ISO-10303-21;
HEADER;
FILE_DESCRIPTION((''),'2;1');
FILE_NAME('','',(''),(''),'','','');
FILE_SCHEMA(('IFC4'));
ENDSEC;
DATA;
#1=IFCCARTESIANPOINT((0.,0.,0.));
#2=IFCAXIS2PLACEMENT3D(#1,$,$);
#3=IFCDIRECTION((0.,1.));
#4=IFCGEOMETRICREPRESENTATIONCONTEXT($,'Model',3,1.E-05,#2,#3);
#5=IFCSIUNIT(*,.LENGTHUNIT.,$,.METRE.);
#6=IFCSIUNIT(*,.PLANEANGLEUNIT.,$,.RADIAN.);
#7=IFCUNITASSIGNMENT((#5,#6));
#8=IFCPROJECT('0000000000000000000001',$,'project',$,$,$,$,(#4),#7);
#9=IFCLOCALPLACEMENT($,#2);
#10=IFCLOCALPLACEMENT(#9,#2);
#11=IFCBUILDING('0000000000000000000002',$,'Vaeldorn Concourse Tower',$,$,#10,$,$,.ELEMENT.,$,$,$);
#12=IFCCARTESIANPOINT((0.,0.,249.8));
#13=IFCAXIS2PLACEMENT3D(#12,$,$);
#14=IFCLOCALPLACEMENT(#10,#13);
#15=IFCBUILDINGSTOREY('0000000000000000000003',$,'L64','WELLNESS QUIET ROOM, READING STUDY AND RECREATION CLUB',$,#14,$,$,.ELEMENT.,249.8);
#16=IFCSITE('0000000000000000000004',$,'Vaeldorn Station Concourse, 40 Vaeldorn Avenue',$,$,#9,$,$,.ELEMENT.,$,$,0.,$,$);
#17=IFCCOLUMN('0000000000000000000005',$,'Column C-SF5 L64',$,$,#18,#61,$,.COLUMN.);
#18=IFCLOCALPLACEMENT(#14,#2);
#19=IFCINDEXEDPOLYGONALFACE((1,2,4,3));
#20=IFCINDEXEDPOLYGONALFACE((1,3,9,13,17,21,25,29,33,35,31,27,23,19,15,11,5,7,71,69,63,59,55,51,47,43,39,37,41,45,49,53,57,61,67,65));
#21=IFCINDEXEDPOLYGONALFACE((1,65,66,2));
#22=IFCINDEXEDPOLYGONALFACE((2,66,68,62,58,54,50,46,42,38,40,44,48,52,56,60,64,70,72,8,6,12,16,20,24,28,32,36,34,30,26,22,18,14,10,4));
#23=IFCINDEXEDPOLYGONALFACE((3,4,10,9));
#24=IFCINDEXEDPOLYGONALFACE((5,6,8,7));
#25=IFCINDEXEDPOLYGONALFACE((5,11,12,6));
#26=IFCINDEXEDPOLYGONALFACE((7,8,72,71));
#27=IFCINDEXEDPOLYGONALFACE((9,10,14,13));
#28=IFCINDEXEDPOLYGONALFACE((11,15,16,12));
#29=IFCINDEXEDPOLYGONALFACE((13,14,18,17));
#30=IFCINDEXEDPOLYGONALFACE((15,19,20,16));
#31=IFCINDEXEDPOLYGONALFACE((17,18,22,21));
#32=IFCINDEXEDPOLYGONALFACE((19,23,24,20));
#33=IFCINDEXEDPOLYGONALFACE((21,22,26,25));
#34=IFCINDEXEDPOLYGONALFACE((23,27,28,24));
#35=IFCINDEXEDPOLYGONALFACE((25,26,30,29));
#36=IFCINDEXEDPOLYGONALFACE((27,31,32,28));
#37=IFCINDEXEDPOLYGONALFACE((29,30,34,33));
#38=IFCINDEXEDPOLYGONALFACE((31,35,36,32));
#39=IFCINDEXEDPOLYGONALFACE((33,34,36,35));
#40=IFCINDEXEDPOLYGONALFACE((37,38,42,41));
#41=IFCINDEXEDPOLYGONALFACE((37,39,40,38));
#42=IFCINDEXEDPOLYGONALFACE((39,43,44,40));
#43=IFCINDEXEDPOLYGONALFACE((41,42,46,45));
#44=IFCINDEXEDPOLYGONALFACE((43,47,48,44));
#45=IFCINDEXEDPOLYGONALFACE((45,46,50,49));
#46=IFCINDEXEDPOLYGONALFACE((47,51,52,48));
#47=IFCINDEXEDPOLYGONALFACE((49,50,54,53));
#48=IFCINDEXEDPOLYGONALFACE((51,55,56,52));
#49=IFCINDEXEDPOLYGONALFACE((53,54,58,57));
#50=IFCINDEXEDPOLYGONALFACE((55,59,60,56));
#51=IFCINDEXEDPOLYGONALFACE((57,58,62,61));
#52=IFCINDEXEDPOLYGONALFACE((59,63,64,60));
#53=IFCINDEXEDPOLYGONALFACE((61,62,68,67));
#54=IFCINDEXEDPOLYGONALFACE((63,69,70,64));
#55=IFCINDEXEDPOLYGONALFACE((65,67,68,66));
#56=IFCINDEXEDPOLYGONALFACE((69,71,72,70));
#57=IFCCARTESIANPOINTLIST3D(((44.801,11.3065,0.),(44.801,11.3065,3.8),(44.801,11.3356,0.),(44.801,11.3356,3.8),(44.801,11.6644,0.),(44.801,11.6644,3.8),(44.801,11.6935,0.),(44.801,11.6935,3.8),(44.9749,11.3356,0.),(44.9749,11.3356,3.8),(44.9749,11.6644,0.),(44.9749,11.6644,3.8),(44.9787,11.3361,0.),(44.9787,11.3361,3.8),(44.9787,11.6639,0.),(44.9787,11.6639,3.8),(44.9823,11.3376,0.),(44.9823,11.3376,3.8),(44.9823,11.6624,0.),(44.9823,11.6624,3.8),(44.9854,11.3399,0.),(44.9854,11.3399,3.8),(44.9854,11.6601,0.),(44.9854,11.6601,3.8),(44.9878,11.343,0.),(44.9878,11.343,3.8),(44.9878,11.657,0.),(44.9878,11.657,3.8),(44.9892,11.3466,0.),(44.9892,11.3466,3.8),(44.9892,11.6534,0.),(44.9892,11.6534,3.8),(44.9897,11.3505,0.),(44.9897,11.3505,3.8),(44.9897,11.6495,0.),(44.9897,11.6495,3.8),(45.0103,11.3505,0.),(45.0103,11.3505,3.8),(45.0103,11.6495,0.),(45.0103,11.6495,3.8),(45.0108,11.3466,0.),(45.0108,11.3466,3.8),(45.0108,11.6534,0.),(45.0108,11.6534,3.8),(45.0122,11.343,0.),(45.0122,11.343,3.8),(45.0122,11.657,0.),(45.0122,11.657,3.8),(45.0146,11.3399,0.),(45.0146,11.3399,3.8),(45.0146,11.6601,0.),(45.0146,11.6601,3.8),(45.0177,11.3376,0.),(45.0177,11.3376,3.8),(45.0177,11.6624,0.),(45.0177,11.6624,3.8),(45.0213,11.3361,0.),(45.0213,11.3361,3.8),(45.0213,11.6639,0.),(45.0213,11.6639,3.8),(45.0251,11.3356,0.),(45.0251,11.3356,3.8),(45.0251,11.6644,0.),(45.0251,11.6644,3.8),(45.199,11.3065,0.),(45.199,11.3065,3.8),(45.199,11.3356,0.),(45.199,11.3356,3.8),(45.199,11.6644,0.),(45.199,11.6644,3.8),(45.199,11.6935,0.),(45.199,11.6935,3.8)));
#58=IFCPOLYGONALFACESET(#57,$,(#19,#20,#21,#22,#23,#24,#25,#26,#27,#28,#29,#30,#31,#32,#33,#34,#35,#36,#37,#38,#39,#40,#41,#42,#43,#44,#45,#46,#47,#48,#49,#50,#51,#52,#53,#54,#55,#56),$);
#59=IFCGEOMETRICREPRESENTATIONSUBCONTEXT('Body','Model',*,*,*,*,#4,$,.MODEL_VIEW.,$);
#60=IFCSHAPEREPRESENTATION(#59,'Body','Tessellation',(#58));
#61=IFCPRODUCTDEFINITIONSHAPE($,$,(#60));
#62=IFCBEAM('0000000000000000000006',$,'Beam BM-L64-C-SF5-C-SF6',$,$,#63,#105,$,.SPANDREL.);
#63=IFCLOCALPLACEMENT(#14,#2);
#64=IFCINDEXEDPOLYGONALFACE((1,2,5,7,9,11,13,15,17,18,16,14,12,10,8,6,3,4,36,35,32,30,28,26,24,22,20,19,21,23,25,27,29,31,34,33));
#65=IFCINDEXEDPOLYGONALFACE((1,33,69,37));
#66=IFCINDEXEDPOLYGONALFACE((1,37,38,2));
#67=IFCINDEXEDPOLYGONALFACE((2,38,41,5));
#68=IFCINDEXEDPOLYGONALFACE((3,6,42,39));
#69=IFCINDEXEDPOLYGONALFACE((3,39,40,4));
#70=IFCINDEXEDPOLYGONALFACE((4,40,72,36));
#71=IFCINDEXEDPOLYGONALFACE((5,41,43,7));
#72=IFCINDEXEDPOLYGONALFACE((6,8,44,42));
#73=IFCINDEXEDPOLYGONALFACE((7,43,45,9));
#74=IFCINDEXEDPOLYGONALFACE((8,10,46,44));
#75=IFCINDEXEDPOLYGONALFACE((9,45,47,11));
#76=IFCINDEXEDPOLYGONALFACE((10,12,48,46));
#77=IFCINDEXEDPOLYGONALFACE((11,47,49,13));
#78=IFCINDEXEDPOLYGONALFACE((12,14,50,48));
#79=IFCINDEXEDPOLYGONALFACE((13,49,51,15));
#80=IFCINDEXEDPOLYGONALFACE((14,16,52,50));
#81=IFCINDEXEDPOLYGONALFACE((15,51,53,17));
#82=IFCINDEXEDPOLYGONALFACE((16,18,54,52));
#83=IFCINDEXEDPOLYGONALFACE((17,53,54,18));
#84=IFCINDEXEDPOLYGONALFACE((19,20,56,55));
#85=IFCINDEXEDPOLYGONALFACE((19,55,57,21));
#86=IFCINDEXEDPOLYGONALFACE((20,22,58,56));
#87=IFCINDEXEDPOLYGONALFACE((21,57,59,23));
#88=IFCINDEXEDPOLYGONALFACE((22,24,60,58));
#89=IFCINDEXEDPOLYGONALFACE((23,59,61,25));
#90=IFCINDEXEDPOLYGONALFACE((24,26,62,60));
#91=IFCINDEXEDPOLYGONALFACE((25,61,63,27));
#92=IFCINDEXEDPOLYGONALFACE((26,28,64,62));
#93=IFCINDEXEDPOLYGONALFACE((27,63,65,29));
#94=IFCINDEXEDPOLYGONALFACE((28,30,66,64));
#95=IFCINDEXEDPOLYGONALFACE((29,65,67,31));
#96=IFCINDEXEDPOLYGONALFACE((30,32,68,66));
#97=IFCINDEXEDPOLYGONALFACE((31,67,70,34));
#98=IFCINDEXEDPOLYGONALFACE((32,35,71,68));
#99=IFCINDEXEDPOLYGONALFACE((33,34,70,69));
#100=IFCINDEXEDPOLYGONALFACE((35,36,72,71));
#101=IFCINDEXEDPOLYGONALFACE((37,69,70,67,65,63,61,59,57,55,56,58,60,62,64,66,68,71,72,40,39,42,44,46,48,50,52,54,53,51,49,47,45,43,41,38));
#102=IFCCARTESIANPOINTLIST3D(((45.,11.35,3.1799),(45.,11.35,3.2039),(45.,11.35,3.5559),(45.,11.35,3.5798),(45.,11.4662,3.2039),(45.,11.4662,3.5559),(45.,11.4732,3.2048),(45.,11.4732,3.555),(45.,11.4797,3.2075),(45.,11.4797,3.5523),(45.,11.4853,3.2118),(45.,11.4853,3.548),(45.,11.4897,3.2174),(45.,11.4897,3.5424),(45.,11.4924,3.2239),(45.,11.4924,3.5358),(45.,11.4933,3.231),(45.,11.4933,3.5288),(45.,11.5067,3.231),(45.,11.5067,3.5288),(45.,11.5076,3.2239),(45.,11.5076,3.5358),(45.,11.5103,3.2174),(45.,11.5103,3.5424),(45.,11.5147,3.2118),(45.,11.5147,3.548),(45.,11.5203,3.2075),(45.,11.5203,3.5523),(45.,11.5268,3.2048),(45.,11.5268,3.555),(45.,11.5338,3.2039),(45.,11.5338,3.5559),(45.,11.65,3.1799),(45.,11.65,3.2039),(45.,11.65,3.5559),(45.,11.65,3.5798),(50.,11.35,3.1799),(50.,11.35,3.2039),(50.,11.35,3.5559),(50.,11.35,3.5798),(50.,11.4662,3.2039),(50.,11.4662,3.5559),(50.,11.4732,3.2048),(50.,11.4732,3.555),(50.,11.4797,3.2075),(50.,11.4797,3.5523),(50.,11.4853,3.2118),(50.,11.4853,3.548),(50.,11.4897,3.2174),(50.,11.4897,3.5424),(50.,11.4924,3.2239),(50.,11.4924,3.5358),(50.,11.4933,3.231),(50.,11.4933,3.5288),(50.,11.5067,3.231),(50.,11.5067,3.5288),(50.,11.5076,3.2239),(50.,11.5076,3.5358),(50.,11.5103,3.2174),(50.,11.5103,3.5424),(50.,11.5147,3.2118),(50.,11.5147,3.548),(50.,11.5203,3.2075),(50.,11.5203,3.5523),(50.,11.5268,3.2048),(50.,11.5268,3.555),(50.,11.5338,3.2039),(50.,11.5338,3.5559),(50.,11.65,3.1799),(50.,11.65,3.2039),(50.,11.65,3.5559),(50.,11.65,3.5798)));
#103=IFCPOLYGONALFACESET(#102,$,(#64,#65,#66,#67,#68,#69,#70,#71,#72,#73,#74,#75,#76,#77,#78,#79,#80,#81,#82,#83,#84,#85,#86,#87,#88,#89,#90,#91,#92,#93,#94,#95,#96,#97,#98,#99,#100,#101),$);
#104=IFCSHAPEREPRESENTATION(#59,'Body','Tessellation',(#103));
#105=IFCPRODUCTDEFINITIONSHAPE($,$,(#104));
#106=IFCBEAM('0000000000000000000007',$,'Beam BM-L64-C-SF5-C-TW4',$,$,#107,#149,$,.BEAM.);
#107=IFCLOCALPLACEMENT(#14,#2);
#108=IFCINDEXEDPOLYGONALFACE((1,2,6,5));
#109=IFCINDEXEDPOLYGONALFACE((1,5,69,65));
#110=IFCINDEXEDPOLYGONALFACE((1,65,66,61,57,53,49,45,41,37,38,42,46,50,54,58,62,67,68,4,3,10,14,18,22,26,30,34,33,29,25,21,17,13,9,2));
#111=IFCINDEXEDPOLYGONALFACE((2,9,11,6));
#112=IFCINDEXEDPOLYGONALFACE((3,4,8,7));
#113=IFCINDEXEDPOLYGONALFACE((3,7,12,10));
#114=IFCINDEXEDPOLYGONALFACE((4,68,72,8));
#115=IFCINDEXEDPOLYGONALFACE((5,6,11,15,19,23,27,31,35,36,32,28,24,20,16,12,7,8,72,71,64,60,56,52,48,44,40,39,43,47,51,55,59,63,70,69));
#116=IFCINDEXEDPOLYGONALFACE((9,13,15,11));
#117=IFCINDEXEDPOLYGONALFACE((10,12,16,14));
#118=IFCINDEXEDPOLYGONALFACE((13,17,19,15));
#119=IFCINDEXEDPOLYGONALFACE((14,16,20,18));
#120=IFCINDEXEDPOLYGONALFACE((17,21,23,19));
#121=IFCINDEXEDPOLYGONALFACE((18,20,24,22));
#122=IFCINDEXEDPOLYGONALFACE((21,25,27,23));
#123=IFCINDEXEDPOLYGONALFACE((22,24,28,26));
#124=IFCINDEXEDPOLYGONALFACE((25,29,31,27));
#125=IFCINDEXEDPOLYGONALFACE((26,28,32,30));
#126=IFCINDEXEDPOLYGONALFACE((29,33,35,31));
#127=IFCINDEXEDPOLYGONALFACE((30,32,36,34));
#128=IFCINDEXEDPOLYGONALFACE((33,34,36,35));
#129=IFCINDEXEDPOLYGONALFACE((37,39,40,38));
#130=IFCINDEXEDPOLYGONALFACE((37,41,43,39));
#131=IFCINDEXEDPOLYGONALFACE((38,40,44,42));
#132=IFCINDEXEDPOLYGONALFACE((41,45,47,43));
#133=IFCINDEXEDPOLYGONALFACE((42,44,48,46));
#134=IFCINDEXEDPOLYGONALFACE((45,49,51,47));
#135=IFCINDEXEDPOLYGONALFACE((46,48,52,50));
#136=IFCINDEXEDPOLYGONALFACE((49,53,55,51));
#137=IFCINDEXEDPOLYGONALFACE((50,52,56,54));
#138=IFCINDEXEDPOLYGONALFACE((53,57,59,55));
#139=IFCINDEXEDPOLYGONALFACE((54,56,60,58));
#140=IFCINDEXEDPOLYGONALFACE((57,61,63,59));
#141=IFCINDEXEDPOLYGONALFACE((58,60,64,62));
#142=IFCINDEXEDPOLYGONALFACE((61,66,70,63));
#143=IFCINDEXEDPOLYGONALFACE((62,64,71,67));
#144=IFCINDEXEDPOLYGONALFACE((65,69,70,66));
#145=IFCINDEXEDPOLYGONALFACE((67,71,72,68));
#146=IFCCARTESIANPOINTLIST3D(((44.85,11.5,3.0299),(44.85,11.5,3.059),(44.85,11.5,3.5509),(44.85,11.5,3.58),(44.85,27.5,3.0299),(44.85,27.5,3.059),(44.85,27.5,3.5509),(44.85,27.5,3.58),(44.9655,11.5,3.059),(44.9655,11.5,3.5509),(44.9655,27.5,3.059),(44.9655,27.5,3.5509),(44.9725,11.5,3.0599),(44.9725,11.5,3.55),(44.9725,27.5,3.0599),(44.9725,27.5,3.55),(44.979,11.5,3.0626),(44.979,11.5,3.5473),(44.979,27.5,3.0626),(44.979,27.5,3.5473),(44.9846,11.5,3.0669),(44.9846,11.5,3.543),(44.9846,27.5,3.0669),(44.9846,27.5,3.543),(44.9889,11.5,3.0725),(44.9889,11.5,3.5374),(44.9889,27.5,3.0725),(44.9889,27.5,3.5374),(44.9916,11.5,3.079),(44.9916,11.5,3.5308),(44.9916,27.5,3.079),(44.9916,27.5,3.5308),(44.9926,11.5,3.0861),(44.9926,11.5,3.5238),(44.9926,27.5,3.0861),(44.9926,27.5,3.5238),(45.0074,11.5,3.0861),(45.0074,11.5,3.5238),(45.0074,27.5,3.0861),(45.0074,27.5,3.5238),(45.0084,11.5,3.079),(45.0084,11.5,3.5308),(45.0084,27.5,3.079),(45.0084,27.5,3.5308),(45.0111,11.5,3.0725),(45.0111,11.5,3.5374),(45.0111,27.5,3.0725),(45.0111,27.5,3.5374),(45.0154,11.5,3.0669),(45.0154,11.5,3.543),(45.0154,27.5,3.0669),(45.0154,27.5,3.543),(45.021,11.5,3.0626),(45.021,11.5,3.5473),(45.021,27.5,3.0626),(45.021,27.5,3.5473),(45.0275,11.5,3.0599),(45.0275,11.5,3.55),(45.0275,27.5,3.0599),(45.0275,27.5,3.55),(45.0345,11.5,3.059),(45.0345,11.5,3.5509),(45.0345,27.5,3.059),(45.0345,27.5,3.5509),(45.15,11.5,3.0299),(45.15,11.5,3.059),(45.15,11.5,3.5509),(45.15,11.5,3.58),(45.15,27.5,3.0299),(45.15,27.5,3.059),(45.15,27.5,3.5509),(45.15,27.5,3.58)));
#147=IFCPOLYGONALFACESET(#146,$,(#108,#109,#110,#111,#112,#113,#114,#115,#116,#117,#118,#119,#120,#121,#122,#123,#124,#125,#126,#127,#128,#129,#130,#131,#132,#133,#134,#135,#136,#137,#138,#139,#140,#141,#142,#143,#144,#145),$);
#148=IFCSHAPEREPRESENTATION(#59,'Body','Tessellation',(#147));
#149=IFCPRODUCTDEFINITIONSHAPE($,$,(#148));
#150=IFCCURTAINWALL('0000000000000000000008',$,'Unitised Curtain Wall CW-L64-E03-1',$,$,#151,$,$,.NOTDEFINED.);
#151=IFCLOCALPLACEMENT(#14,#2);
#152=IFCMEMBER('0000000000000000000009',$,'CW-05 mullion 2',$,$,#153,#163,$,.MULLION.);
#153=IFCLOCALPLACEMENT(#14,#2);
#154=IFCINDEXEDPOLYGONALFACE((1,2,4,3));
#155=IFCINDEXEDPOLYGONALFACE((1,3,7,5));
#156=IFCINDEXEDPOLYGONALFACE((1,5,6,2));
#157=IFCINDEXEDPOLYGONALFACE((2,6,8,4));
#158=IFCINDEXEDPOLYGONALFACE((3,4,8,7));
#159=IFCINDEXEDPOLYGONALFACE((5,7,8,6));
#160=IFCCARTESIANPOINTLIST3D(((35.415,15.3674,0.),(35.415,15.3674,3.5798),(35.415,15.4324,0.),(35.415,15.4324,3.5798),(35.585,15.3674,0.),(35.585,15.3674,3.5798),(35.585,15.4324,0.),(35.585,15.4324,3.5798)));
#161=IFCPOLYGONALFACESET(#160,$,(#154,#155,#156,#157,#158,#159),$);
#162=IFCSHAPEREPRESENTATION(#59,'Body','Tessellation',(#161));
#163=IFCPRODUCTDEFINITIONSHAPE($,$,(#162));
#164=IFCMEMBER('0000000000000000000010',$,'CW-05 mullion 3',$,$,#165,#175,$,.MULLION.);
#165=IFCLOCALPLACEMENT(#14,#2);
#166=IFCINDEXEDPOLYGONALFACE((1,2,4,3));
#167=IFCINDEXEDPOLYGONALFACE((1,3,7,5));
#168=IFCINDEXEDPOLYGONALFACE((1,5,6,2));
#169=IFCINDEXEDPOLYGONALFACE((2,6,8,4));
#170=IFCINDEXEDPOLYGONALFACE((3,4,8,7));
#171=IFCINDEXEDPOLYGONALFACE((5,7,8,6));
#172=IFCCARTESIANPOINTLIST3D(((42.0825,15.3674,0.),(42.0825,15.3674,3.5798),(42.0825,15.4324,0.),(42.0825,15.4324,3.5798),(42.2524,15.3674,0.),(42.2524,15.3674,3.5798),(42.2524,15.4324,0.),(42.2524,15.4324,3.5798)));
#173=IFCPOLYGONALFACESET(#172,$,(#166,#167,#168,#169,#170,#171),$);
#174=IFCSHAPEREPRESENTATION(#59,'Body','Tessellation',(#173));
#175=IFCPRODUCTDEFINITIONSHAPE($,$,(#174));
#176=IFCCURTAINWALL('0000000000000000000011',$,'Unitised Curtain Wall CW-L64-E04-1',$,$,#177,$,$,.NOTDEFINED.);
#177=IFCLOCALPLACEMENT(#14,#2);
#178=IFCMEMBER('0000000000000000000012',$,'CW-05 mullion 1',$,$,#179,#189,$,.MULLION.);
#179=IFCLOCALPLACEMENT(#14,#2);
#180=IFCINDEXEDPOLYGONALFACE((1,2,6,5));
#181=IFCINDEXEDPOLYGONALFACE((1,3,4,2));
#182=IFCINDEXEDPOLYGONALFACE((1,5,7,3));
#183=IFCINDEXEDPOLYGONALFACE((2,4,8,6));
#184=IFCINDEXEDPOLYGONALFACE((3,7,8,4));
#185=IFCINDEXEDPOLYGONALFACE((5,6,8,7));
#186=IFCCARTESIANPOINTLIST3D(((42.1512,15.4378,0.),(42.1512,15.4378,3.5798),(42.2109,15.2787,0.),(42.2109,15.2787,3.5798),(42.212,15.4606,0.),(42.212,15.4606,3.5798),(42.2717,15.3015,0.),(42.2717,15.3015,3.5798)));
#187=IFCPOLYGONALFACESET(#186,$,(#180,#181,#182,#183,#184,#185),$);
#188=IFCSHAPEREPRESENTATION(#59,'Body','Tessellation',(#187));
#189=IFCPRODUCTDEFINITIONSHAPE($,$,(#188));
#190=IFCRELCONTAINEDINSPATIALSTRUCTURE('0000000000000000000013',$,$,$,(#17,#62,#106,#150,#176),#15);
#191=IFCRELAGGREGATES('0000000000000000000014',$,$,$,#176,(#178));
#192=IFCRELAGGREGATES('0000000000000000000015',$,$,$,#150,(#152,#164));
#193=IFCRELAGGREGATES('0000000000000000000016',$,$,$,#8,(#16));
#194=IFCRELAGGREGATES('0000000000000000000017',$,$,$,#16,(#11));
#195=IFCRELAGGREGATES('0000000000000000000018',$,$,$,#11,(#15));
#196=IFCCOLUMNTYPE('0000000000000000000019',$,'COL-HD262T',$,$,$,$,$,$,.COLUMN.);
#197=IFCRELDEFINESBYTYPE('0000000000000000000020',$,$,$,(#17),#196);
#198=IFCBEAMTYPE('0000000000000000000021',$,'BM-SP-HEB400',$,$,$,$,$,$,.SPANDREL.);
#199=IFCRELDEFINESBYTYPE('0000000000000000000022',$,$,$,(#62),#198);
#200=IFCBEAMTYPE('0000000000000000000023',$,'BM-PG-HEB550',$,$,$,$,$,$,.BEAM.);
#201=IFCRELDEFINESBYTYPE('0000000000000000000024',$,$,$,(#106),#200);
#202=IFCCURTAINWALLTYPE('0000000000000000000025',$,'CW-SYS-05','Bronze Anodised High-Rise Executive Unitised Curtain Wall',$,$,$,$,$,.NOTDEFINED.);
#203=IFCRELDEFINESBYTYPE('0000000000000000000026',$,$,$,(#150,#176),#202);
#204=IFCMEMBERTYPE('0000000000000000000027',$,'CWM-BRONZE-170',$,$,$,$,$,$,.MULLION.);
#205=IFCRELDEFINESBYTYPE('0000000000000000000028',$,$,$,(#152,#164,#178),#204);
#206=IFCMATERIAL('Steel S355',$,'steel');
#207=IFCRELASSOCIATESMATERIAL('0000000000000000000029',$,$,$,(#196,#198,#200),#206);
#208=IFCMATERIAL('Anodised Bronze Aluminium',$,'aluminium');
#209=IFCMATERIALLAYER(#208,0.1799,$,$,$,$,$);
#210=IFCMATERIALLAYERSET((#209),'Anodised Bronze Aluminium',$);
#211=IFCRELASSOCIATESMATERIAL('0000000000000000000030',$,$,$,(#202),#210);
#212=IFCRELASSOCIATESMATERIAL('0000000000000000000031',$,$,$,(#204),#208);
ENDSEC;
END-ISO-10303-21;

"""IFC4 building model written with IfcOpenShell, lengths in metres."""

from ifc_helpers import new_model, si_unit, direction, frame, origin, origin_2d, place, context, subcontext, project, spatial, rectangle, i_section, extrude, source, transform, mapped, material, layer, layer_set, material_profile, profile_set, type_object, element, aggregate, save


model = new_model("IFC4")

# Units and contexts
model_context = context("Model", 3, precision=1e-05, world=origin(), true_north=direction((0.0, 1.0)))
body_context = subcontext(model_context, "Body", "Model", "MODEL_VIEW")
ifc_project = project(units=[si_unit("LENGTHUNIT", "METRE"), si_unit("PLANEANGLEUNIT", "RADIAN")], contexts=[model_context])

# Site, building, storey
site_placement = place(None, origin())
site = spatial("IfcSite", under=ifc_project, at=site_placement, Name="Vaeldorn Station Concourse, 40 Vaeldorn Avenue", CompositionType="ELEMENT", RefElevation=0.0)
building_placement = place(site_placement, origin())
building = spatial("IfcBuilding", under=site, at=building_placement, Name="Vaeldorn Concourse Tower", CompositionType="ELEMENT")
storey_placement = place(building_placement, frame((0.0, 0.0, 249.8)))
storey = spatial("IfcBuildingStorey", under=building, at=storey_placement, Name="L64", Description="WELLNESS QUIET ROOM, READING STUDY AND RECREATION CLUB", CompositionType="ELEMENT", Elevation=249.8)

# Column
ifc_material_1 = material(Name="Steel S355", Category="steel")
ifc_material_profile_1 = material_profile(ifc_material_1, i_section(OverallWidth=0.3979, OverallDepth=0.387, WebThickness=0.0205, FlangeThickness=0.0291, FilletRadius=0.0149, at=origin_2d()), Name="HD 400x262")
ifc_profile_set_1 = profile_set([ifc_material_profile_1], Name="Steel S355")
column_type = type_object("IfcColumnType", Name="COL-HD262T", PredefinedType="COLUMN", material=ifc_profile_set_1)
shared_shape_1 = source(origin(), body_context, "Body", "SweptSolid", [
    extrude(i_section(OverallWidth=0.3979, OverallDepth=0.387, WebThickness=0.0205, FlangeThickness=0.0291, FilletRadius=0.0149, at=origin_2d()), origin(), (0.0, 0.0, 1.0), 3.8),
])
column_placement = place(storey_placement, frame((45.0, 11.5, 0.0), z_axis=(0.0, 0.0, 1.0), x_axis=(1.0, 0.0, 0.0)))
element("IfcColumn", 1, at=column_placement, inside=storey, type_object=column_type, Name="Column C-SF5 L64", PredefinedType="COLUMN", context=body_context, shape_type="MappedRepresentation", body=[
    mapped(shared_shape_1, transform((0.0, 0.0, 0.0), scale=1.0)),
])

# Beams
ifc_material_profile_2 = material_profile(ifc_material_1, i_section(OverallWidth=0.3, OverallDepth=0.3999, WebThickness=0.0134, FlangeThickness=0.0239, FilletRadius=0.0271, at=origin_2d()), Name="HEB 400")
ifc_profile_set_2 = profile_set([ifc_material_profile_2], Name="Steel S355")
beam_type_1 = type_object("IfcBeamType", Name="BM-SP-HEB400", PredefinedType="SPANDREL", material=ifc_profile_set_2)
shared_shape_2 = source(origin(), body_context, "Body", "SweptSolid", [
    extrude(i_section(OverallWidth=0.3, OverallDepth=0.3999, WebThickness=0.0134, FlangeThickness=0.0239, FilletRadius=0.0271, at=origin_2d()), origin(), (0.0, 0.0, 1.0), 5.0),
])
beam_1_placement = place(storey_placement, frame((45.0, 11.5, 3.3799), z_axis=(1.0, 0.0, 0.0), x_axis=(0.0, 1.0, 0.0)))
element("IfcBeam", 2, at=beam_1_placement, inside=storey, type_object=beam_type_1, Name="Beam BM-L64-C-SF5-C-SF6", PredefinedType="SPANDREL", context=body_context, shape_type="MappedRepresentation", body=[
    mapped(shared_shape_2, transform((0.0, 0.0, 0.0), scale=1.0)),
])
ifc_material_profile_3 = material_profile(ifc_material_1, i_section(OverallWidth=0.3, OverallDepth=0.55, WebThickness=0.0149, FlangeThickness=0.0291, FilletRadius=0.0271, at=origin_2d()), Name="HEB 550")
ifc_profile_set_3 = profile_set([ifc_material_profile_3], Name="Steel S355")
beam_type_2 = type_object("IfcBeamType", Name="BM-PG-HEB550", PredefinedType="BEAM", material=ifc_profile_set_3)
shared_shape_3 = source(origin(), body_context, "Body", "SweptSolid", [
    extrude(i_section(OverallWidth=0.3, OverallDepth=0.55, WebThickness=0.0149, FlangeThickness=0.0291, FilletRadius=0.0271, at=origin_2d()), origin(), (0.0, 0.0, 1.0), 16.0),
])
beam_2_placement = place(storey_placement, frame((45.0, 11.5, 3.3049), z_axis=(0.0, 1.0, 0.0), x_axis=(-1.0, 0.0, 0.0)))
element("IfcBeam", 3, at=beam_2_placement, inside=storey, type_object=beam_type_2, Name="Beam BM-L64-C-SF5-C-TW4", PredefinedType="BEAM", context=body_context, shape_type="MappedRepresentation", body=[
    mapped(shared_shape_3, transform((0.0, 0.0, 0.0), scale=1.0)),
])

# Curtain walls, members
ifc_material_2 = material(Name="Anodised Bronze Aluminium", Category="aluminium")
ifc_layer_1 = layer(ifc_material_2, 0.1799)
ifc_layer_set_1 = layer_set([ifc_layer_1], Name="Anodised Bronze Aluminium")
curtain_wall_type = type_object("IfcCurtainWallType", Name="CW-SYS-05", Description="Bronze Anodised High-Rise Executive Unitised Curtain Wall", PredefinedType="NOTDEFINED", material=ifc_layer_set_1)
curtain_wall_1_placement = place(storey_placement, origin())
curtain_wall_1 = element("IfcCurtainWall", 4, at=curtain_wall_1_placement, inside=storey, type_object=curtain_wall_type, Name="Unitised Curtain Wall CW-L64-E03-1", PredefinedType="NOTDEFINED")
ifc_material_profile_4 = material_profile(ifc_material_2, rectangle(XDim=0.0649, YDim=0.1699, at=origin_2d()), Name="CWM 65x170")
ifc_profile_set_4 = profile_set([ifc_material_profile_4], Name="Anodised Bronze Aluminium")
member_type_1 = type_object("IfcMemberType", Name="CWM-BRONZE-170", PredefinedType="MULLION", material=ifc_profile_set_4)
shared_shape_4 = source(origin(), body_context, "Body", "SweptSolid", [
    extrude(rectangle(XDim=0.0649, YDim=0.1699, at=origin_2d()), origin(), (0.0, 0.0, 1.0), 3.5798),
])
member_1_placement = place(storey_placement, frame((35.5, 15.3999, 0.0), z_axis=(0.0, 0.0, 1.0), x_axis=(0.0, 1.0, 0.0)))
member_1 = element("IfcMember", 5, at=member_1_placement, type_object=member_type_1, Name="CW-05 mullion 2", PredefinedType="MULLION", context=body_context, shape_type="MappedRepresentation", body=[
    mapped(shared_shape_4, transform((0.0, 0.0, 0.0), scale=1.0)),
])
member_2_placement = place(storey_placement, frame((42.1675, 15.3999, 0.0), z_axis=(0.0, 0.0, 1.0), x_axis=(0.0, 1.0, 0.0)))
member_2 = element("IfcMember", 6, at=member_2_placement, type_object=member_type_1, Name="CW-05 mullion 3", PredefinedType="MULLION", context=body_context, shape_type="MappedRepresentation", body=[
    mapped(shared_shape_4, transform((0.0, 0.0, 0.0), scale=1.0)),
])
curtain_wall_2_placement = place(storey_placement, origin())
curtain_wall_2 = element("IfcCurtainWall", 7, at=curtain_wall_2_placement, inside=storey, type_object=curtain_wall_type, Name="Unitised Curtain Wall CW-L64-E04-1", PredefinedType="NOTDEFINED")
member_3_placement = place(storey_placement, frame((42.2114, 15.3696, 0.0), z_axis=(0.0, 0.0, 1.0), x_axis=(0.936329, 0.351123, 0.0)))
member_3 = element("IfcMember", 8, at=member_3_placement, type_object=member_type_1, Name="CW-05 mullion 1", PredefinedType="MULLION", context=body_context, shape_type="MappedRepresentation", body=[
    mapped(shared_shape_4, transform((0.0, 0.0, 0.0), scale=1.0)),
])

aggregate(curtain_wall_2, [member_3])
aggregate(curtain_wall_1, [member_1, member_2])

save(model, "model.ifc")
